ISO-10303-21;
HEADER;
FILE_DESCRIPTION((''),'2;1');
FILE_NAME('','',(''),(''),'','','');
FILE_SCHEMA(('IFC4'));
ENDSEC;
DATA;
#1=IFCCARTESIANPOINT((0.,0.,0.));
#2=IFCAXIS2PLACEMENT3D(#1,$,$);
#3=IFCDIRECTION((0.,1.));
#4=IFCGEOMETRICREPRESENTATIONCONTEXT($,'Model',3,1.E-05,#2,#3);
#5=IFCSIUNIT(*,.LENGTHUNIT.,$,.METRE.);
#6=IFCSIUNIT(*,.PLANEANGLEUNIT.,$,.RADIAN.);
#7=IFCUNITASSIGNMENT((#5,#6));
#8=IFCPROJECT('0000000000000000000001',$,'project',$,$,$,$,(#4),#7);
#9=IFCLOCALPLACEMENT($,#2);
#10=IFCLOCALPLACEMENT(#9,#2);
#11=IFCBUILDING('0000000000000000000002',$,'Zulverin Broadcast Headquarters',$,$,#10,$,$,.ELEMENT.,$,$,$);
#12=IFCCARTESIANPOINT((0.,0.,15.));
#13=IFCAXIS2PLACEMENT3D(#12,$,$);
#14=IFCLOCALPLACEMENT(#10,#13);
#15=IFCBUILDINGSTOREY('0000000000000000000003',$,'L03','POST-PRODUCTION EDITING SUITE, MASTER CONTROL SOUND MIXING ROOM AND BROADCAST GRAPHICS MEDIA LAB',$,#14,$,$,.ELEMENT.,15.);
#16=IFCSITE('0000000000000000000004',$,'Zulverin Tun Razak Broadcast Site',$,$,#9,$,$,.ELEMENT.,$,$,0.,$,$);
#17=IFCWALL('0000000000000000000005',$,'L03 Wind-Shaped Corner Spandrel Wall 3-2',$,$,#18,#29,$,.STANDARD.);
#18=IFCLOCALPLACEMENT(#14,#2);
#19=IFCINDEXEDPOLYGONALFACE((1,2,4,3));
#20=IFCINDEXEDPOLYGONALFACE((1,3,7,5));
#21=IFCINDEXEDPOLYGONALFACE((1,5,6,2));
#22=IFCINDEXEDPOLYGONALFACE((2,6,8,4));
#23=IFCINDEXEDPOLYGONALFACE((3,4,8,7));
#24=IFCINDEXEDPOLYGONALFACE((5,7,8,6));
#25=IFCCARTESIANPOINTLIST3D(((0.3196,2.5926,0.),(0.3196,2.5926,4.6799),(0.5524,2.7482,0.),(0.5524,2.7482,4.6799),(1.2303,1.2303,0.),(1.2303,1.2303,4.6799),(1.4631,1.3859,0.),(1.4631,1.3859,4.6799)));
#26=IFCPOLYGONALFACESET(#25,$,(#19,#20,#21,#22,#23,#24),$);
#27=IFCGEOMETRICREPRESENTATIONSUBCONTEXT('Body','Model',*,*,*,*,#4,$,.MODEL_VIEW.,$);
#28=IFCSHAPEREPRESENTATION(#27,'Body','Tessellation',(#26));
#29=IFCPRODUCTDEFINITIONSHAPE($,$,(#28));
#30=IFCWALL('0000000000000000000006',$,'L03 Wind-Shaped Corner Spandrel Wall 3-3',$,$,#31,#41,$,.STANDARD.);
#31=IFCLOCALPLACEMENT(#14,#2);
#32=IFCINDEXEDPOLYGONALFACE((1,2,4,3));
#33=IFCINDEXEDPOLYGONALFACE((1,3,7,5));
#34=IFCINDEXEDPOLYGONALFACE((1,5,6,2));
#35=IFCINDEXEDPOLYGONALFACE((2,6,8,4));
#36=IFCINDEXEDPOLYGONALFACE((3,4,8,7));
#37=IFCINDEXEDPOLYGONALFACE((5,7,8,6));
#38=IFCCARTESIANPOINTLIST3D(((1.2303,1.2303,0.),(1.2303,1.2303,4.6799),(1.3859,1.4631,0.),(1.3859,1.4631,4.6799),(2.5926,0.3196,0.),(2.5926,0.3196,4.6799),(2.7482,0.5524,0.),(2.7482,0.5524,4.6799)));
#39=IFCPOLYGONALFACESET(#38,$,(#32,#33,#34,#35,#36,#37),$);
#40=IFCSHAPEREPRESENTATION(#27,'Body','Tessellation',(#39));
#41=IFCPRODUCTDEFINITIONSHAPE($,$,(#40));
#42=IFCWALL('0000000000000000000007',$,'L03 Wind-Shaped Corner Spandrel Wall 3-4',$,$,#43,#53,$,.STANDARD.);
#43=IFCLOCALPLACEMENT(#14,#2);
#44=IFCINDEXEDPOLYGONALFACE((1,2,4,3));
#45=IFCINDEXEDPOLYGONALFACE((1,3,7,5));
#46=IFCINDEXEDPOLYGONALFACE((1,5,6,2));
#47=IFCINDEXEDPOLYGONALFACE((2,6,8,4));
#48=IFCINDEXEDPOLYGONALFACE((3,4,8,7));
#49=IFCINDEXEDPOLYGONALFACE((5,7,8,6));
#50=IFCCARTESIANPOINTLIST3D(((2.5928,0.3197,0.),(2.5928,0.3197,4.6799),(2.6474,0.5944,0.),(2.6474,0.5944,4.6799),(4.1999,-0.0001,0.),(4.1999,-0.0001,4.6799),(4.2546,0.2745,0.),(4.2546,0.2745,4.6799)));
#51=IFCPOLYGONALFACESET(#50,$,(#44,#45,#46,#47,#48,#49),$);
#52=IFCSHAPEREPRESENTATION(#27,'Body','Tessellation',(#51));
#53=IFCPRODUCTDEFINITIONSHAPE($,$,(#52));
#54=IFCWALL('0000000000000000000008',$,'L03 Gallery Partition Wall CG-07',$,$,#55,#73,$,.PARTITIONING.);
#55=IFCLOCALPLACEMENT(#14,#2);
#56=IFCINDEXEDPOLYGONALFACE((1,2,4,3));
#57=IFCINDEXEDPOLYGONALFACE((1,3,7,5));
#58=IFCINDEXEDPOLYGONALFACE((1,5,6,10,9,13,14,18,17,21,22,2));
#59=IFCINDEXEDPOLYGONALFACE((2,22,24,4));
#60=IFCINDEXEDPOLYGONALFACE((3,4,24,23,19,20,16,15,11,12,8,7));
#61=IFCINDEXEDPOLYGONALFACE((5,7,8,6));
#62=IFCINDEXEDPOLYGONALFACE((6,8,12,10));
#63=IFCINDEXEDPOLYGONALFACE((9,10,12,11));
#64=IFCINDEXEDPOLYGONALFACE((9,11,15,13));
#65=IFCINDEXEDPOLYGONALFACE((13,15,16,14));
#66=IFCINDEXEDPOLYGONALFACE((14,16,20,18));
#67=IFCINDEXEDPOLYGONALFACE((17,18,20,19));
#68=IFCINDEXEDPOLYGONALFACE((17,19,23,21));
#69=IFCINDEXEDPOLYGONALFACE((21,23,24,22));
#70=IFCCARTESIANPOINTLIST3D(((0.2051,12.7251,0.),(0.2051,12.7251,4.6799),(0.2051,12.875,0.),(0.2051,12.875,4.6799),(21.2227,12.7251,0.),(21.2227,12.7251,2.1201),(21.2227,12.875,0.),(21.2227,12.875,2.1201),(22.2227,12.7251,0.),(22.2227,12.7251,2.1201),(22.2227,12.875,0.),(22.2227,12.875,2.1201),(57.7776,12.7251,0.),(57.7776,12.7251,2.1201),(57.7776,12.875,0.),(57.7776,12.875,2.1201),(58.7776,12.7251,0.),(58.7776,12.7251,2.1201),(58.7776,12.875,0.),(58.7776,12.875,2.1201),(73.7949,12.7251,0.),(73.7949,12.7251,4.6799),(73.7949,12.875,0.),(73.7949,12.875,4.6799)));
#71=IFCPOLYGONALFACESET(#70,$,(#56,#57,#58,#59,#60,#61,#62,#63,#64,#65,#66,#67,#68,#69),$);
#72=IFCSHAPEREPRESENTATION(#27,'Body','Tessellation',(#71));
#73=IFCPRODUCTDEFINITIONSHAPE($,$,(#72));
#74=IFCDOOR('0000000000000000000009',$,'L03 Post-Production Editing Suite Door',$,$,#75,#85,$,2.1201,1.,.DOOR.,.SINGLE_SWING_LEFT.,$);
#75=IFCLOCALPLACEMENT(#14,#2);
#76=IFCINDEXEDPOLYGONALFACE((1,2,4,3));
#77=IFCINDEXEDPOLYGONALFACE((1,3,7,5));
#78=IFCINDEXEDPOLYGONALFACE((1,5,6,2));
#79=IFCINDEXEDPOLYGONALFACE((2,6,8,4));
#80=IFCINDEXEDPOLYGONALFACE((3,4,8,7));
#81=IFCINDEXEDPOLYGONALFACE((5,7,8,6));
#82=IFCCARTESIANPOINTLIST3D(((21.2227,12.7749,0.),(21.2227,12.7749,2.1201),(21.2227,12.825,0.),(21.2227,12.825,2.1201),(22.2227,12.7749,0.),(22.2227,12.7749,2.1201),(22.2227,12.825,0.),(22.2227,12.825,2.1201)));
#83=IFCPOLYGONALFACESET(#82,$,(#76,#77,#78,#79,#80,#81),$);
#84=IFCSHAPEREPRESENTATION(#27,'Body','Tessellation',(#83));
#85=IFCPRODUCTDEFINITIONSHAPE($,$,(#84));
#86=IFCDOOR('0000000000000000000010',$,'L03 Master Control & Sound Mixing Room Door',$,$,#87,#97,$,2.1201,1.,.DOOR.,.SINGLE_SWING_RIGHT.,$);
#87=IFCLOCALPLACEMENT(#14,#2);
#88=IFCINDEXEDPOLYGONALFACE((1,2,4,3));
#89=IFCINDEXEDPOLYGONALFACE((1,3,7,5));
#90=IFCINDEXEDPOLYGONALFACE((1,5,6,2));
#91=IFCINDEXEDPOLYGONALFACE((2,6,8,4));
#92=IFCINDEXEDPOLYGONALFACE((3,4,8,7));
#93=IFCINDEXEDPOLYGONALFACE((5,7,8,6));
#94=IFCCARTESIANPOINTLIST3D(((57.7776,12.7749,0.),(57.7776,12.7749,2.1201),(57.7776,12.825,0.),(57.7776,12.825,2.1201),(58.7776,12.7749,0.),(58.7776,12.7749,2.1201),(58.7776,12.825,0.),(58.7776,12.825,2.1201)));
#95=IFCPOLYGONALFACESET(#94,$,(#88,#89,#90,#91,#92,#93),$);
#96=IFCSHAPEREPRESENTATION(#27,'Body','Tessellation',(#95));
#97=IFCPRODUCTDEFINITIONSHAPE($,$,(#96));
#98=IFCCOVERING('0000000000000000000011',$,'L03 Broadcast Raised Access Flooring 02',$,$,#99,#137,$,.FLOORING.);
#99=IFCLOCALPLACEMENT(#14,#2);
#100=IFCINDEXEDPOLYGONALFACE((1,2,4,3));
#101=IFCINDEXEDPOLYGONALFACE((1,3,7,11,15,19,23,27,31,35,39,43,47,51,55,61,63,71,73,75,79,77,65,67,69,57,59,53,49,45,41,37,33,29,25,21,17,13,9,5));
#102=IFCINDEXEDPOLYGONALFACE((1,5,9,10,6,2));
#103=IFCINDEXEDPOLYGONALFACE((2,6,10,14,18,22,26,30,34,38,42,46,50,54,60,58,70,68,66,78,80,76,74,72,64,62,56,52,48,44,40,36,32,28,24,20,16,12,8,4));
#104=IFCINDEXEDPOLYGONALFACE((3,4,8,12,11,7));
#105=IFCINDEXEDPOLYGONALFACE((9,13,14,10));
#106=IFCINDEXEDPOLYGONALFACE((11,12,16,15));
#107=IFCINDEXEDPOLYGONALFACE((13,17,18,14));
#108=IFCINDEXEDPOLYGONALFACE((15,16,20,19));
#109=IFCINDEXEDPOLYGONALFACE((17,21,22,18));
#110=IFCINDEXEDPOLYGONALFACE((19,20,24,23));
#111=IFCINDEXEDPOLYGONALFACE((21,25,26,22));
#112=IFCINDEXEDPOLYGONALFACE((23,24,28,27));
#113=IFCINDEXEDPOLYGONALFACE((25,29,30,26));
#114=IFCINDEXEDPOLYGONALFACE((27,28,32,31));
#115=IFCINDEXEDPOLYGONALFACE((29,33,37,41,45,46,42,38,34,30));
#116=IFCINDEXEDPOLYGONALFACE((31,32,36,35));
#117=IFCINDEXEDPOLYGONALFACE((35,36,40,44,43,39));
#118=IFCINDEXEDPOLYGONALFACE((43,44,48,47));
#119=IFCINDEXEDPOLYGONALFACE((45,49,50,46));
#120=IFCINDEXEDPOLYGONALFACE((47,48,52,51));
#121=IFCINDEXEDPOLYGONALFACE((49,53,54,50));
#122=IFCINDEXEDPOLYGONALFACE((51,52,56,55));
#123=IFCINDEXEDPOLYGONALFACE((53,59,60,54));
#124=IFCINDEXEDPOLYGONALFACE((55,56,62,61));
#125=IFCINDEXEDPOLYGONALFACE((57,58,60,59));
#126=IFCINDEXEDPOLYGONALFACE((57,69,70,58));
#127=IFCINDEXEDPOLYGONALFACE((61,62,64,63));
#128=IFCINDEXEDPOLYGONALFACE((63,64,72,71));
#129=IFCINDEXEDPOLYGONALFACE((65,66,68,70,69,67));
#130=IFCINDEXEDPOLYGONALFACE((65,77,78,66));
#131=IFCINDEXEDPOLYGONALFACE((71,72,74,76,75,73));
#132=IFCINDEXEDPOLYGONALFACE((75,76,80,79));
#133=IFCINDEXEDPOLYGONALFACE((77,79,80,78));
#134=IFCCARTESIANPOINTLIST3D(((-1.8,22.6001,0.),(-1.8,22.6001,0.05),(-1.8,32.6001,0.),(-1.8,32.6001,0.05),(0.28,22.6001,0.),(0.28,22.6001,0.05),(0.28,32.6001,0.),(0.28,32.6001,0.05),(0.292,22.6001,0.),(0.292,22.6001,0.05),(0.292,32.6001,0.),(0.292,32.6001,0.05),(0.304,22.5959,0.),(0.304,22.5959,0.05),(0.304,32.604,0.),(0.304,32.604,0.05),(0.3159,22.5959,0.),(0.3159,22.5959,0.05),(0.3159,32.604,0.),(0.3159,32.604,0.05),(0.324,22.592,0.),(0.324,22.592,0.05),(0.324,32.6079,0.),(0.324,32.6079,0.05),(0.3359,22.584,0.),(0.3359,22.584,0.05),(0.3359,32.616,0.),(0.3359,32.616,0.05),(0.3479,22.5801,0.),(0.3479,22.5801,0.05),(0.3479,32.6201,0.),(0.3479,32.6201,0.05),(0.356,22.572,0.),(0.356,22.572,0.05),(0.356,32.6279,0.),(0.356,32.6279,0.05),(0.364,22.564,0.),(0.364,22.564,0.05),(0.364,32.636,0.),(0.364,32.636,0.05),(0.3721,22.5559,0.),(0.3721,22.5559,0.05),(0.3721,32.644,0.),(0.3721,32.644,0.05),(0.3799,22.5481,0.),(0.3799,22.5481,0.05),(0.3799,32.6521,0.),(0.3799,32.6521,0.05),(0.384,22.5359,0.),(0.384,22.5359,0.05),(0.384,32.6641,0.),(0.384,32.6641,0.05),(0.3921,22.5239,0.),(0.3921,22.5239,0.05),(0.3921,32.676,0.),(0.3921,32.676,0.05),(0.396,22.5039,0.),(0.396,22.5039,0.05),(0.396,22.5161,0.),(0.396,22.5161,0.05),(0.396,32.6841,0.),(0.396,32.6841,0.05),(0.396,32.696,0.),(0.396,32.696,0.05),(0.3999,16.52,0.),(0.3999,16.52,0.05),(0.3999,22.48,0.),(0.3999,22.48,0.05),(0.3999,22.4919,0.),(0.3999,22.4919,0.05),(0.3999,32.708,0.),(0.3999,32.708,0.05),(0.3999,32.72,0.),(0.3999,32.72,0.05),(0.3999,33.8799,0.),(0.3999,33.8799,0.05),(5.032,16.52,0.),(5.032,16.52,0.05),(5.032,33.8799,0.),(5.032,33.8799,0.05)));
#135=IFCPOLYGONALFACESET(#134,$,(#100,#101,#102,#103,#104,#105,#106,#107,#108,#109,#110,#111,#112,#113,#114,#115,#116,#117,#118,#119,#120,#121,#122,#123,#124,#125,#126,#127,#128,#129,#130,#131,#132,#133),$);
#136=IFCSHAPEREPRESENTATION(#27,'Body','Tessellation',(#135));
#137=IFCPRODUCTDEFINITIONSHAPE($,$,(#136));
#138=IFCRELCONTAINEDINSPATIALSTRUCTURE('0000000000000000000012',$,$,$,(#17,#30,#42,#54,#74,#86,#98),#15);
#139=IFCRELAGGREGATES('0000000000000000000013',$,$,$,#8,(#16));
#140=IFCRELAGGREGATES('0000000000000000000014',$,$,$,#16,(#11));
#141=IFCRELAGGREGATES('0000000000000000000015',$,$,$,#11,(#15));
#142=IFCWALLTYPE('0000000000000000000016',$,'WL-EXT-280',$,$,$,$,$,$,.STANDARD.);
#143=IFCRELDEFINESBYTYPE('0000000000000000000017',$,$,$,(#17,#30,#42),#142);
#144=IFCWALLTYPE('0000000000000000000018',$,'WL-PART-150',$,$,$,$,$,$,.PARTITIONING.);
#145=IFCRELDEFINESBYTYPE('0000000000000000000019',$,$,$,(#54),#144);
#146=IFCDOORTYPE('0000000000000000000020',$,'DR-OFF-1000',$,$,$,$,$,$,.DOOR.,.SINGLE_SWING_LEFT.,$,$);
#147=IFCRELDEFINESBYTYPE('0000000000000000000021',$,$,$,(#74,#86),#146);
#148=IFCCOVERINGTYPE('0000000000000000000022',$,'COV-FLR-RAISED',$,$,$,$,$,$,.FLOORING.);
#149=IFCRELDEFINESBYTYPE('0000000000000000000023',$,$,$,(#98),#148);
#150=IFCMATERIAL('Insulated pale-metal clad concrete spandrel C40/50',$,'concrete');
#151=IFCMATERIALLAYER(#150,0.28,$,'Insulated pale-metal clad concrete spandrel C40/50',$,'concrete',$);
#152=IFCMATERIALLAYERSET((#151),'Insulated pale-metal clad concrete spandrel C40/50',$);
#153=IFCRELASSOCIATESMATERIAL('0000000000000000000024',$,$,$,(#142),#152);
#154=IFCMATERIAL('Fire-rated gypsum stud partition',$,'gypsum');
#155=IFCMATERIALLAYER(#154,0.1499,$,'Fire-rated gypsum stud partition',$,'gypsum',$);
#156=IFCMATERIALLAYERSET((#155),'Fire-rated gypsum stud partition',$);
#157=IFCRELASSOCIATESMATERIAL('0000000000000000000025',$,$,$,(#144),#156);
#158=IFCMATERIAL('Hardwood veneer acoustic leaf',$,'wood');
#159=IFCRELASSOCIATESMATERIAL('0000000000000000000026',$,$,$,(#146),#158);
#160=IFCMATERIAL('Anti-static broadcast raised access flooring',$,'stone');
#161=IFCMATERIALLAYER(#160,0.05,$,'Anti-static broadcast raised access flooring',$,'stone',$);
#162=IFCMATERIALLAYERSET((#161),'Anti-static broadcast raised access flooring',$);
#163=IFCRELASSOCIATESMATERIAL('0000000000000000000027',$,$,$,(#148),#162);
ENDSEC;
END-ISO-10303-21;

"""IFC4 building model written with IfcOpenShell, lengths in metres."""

from ifc_helpers import new_model, si_unit, direction, frame, frame_2d, origin, place, context, subcontext, project, spatial, polyline, rectangle, outline, extrude, material, layer, layer_set, type_object, element, fill, save


model = new_model("IFC4")

# Units and contexts
model_context = context("Model", 3, precision=1e-05, world=origin(), true_north=direction((0.0, 1.0)))
body_context = subcontext(model_context, "Body", "Model", "MODEL_VIEW")
ifc_project = project(units=[si_unit("LENGTHUNIT", "METRE"), si_unit("PLANEANGLEUNIT", "RADIAN")], contexts=[model_context])

# Site, building, storey
site_placement = place(None, origin())
site = spatial("IfcSite", under=ifc_project, at=site_placement, Name="Zulverin Tun Razak Broadcast Site", CompositionType="ELEMENT", RefElevation=0.0)
building_placement = place(site_placement, origin())
building = spatial("IfcBuilding", under=site, at=building_placement, Name="Zulverin Broadcast Headquarters", CompositionType="ELEMENT")
storey_placement = place(building_placement, frame((0.0, 0.0, 15.0)))
storey = spatial("IfcBuildingStorey", under=building, at=storey_placement, Name="L03", Description="POST-PRODUCTION EDITING SUITE, MASTER CONTROL SOUND MIXING ROOM AND BROADCAST GRAPHICS MEDIA LAB", CompositionType="ELEMENT", Elevation=15.0)

# Shared definitions
ifc_material_1 = material(Name="Insulated pale-metal clad concrete spandrel C40/50", Category="concrete")
ifc_layer_1 = layer(ifc_material_1, 0.28, Name="Insulated pale-metal clad concrete spandrel C40/50", Category="concrete")
ifc_layer_set_1 = layer_set([ifc_layer_1], Name="Insulated pale-metal clad concrete spandrel C40/50")
wall_type_1 = type_object("IfcWallType", Name="WL-EXT-280", PredefinedType="STANDARD", material=ifc_layer_set_1)

# Walls
for number, where, z_axis, x_axis, name in (
    (1, (0.436, 2.6704, 0.0), (0.0, 0.0, 1.0), (0.555731, -0.831362, 0.0), "L03 Wind-Shaped Corner Spandrel Wall 3-2"),
    (2, (1.3081, 1.3467, 0.0), (0.0, 0.0, 1.0), (0.831362, -0.555731, 0.0), "L03 Wind-Shaped Corner Spandrel Wall 3-3"),
    (3, (2.6201, 0.457, 0.0), (0.0, 0.0, 1.0), (0.980769, -0.195171, 0.0), "L03 Wind-Shaped Corner Spandrel Wall 3-4"),
):
    element("IfcWall", number, at=place(storey_placement, frame(where, z_axis=z_axis, x_axis=x_axis)), inside=storey, type_object=wall_type_1, Name=name, PredefinedType="STANDARD", context=body_context, shape_type="SweptSolid", body=[
        extrude(rectangle(XDim=1.6387, YDim=0.28, at=frame_2d((0.8193, 0.0))), origin(), (0.0, 0.0, 1.0), 4.6799),
    ])

# Wall, openings, doors
ifc_material_2 = material(Name="Fire-rated gypsum stud partition", Category="gypsum")
ifc_layer_2 = layer(ifc_material_2, 0.1499, Name="Fire-rated gypsum stud partition", Category="gypsum")
ifc_layer_set_2 = layer_set([ifc_layer_2], Name="Fire-rated gypsum stud partition")
wall_type_2 = type_object("IfcWallType", Name="WL-PART-150", PredefinedType="PARTITIONING", material=ifc_layer_set_2)
wall_1_placement = place(storey_placement, frame((0.2051, 12.8, 0.0), z_axis=(0.0, 0.0, 1.0), x_axis=(1.0, 0.0, 0.0)))
wall_1 = element("IfcWall", 4, at=wall_1_placement, inside=storey, type_object=wall_type_2, Name="L03 Gallery Partition Wall CG-07", PredefinedType="PARTITIONING", context=body_context, shape_type="SweptSolid", body=[
    extrude(rectangle(XDim=73.5898, YDim=0.1499, at=frame_2d((36.7949, 0.0))), origin(), (0.0, 0.0, 1.0), 4.6799),
])
opening_1_placement = place(wall_1_placement, frame((21.0176, 0.0, 0.0)))
opening_1 = element("IfcOpeningElement", 5, at=opening_1_placement, cuts=wall_1, PredefinedType="OPENING", context=body_context, shape_type="SweptSolid", body=[
    extrude(rectangle(XDim=1.0, YDim=2.1201, at=frame_2d((0.5, 1.0601))), frame((0.0, 0.085, 0.0), z_axis=(0.0, -1.0, 0.0), x_axis=(1.0, 0.0, 0.0)), (0.0, 0.0, 1.0), 0.1699),
])
opening_2_placement = place(wall_1_placement, frame((57.5725, 0.0, 0.0)))
opening_2 = element("IfcOpeningElement", 6, at=opening_2_placement, cuts=wall_1, PredefinedType="OPENING", context=body_context, shape_type="SweptSolid", body=[
    extrude(rectangle(XDim=1.0, YDim=2.1201, at=frame_2d((0.5, 1.0601))), frame((0.0, 0.085, 0.0), z_axis=(0.0, -1.0, 0.0), x_axis=(1.0, 0.0, 0.0)), (0.0, 0.0, 1.0), 0.1699),
])
ifc_material_3 = material(Name="Hardwood veneer acoustic leaf", Category="wood")
door_type = type_object("IfcDoorType", Name="DR-OFF-1000", OperationType="SINGLE_SWING_LEFT", PredefinedType="DOOR", material=ifc_material_3)
door_1_placement = place(opening_1_placement, origin())
door_1 = element("IfcDoor", 7, at=door_1_placement, inside=storey, type_object=door_type, Name="L03 Post-Production Editing Suite Door", OperationType="SINGLE_SWING_LEFT", OverallHeight=2.1201, OverallWidth=1.0, PredefinedType="DOOR", context=body_context, shape_type="SweptSolid", body=[
    extrude(rectangle(XDim=1.0, YDim=2.1201, at=frame_2d((0.5, 1.0601))), frame((0.0, 0.0249, 0.0), z_axis=(0.0, -1.0, 0.0), x_axis=(1.0, 0.0, 0.0)), (0.0, 0.0, 1.0), 0.05),
])
fill(opening_1, door_1)
door_2_placement = place(opening_2_placement, origin())
door_2 = element("IfcDoor", 8, at=door_2_placement, inside=storey, type_object=door_type, Name="L03 Master Control & Sound Mixing Room Door", OperationType="SINGLE_SWING_RIGHT", OverallHeight=2.1201, OverallWidth=1.0, PredefinedType="DOOR", context=body_context, shape_type="SweptSolid", body=[
    extrude(rectangle(XDim=1.0, YDim=2.1201, at=frame_2d((0.5, 1.0601))), frame((0.0, 0.0249, 0.0), z_axis=(0.0, -1.0, 0.0), x_axis=(1.0, 0.0, 0.0)), (0.0, 0.0, 1.0), 0.05),
])
fill(opening_2, door_2)

# Covering
ifc_material_4 = material(Name="Anti-static broadcast raised access flooring", Category="stone")
ifc_layer_3 = layer(ifc_material_4, 0.05, Name="Anti-static broadcast raised access flooring", Category="stone")
ifc_layer_set_3 = layer_set([ifc_layer_3], Name="Anti-static broadcast raised access flooring")
covering_type = type_object("IfcCoveringType", Name="COV-FLR-RAISED", PredefinedType="FLOORING", material=ifc_layer_set_3)
covering_placement = place(storey_placement, origin())
element("IfcCovering", 9, at=covering_placement, inside=storey, type_object=covering_type, Name="L03 Broadcast Raised Access Flooring 02", PredefinedType="FLOORING", context=body_context, shape_type="SweptSolid", body=[
    extrude(outline(polyline([(0.292, 32.6001), (0.28, 32.6001), (-1.8, 32.6001), (-1.8, 22.6001), (0.28, 22.6001), (0.292, 22.6001), (0.304, 22.5959), (0.3159, 22.5959), (0.324, 22.592), (0.3359, 22.584), (0.3479, 22.5801), (0.356, 22.572), (0.364, 22.564), (0.3721, 22.5559), (0.3799, 22.5481), (0.384, 22.5359), (0.3921, 22.5239), (0.396, 22.5161), (0.396, 22.5039), (0.3999, 22.4919), (0.3999, 22.48), (0.3999, 16.52), (5.032, 16.52), (5.032, 33.8799), (0.3999, 33.8799), (0.3999, 32.72), (0.3999, 32.708), (0.396, 32.696), (0.396, 32.6841), (0.3921, 32.676), (0.384, 32.6641), (0.3799, 32.6521), (0.3721, 32.644), (0.364, 32.636), (0.356, 32.6279), (0.3479, 32.6201), (0.3359, 32.616), (0.324, 32.6079), (0.3159, 32.604), (0.304, 32.604), (0.292, 32.6001)])), origin(), (0.0, 0.0, 1.0), 0.05),
])

save(model, "model.ifc")
